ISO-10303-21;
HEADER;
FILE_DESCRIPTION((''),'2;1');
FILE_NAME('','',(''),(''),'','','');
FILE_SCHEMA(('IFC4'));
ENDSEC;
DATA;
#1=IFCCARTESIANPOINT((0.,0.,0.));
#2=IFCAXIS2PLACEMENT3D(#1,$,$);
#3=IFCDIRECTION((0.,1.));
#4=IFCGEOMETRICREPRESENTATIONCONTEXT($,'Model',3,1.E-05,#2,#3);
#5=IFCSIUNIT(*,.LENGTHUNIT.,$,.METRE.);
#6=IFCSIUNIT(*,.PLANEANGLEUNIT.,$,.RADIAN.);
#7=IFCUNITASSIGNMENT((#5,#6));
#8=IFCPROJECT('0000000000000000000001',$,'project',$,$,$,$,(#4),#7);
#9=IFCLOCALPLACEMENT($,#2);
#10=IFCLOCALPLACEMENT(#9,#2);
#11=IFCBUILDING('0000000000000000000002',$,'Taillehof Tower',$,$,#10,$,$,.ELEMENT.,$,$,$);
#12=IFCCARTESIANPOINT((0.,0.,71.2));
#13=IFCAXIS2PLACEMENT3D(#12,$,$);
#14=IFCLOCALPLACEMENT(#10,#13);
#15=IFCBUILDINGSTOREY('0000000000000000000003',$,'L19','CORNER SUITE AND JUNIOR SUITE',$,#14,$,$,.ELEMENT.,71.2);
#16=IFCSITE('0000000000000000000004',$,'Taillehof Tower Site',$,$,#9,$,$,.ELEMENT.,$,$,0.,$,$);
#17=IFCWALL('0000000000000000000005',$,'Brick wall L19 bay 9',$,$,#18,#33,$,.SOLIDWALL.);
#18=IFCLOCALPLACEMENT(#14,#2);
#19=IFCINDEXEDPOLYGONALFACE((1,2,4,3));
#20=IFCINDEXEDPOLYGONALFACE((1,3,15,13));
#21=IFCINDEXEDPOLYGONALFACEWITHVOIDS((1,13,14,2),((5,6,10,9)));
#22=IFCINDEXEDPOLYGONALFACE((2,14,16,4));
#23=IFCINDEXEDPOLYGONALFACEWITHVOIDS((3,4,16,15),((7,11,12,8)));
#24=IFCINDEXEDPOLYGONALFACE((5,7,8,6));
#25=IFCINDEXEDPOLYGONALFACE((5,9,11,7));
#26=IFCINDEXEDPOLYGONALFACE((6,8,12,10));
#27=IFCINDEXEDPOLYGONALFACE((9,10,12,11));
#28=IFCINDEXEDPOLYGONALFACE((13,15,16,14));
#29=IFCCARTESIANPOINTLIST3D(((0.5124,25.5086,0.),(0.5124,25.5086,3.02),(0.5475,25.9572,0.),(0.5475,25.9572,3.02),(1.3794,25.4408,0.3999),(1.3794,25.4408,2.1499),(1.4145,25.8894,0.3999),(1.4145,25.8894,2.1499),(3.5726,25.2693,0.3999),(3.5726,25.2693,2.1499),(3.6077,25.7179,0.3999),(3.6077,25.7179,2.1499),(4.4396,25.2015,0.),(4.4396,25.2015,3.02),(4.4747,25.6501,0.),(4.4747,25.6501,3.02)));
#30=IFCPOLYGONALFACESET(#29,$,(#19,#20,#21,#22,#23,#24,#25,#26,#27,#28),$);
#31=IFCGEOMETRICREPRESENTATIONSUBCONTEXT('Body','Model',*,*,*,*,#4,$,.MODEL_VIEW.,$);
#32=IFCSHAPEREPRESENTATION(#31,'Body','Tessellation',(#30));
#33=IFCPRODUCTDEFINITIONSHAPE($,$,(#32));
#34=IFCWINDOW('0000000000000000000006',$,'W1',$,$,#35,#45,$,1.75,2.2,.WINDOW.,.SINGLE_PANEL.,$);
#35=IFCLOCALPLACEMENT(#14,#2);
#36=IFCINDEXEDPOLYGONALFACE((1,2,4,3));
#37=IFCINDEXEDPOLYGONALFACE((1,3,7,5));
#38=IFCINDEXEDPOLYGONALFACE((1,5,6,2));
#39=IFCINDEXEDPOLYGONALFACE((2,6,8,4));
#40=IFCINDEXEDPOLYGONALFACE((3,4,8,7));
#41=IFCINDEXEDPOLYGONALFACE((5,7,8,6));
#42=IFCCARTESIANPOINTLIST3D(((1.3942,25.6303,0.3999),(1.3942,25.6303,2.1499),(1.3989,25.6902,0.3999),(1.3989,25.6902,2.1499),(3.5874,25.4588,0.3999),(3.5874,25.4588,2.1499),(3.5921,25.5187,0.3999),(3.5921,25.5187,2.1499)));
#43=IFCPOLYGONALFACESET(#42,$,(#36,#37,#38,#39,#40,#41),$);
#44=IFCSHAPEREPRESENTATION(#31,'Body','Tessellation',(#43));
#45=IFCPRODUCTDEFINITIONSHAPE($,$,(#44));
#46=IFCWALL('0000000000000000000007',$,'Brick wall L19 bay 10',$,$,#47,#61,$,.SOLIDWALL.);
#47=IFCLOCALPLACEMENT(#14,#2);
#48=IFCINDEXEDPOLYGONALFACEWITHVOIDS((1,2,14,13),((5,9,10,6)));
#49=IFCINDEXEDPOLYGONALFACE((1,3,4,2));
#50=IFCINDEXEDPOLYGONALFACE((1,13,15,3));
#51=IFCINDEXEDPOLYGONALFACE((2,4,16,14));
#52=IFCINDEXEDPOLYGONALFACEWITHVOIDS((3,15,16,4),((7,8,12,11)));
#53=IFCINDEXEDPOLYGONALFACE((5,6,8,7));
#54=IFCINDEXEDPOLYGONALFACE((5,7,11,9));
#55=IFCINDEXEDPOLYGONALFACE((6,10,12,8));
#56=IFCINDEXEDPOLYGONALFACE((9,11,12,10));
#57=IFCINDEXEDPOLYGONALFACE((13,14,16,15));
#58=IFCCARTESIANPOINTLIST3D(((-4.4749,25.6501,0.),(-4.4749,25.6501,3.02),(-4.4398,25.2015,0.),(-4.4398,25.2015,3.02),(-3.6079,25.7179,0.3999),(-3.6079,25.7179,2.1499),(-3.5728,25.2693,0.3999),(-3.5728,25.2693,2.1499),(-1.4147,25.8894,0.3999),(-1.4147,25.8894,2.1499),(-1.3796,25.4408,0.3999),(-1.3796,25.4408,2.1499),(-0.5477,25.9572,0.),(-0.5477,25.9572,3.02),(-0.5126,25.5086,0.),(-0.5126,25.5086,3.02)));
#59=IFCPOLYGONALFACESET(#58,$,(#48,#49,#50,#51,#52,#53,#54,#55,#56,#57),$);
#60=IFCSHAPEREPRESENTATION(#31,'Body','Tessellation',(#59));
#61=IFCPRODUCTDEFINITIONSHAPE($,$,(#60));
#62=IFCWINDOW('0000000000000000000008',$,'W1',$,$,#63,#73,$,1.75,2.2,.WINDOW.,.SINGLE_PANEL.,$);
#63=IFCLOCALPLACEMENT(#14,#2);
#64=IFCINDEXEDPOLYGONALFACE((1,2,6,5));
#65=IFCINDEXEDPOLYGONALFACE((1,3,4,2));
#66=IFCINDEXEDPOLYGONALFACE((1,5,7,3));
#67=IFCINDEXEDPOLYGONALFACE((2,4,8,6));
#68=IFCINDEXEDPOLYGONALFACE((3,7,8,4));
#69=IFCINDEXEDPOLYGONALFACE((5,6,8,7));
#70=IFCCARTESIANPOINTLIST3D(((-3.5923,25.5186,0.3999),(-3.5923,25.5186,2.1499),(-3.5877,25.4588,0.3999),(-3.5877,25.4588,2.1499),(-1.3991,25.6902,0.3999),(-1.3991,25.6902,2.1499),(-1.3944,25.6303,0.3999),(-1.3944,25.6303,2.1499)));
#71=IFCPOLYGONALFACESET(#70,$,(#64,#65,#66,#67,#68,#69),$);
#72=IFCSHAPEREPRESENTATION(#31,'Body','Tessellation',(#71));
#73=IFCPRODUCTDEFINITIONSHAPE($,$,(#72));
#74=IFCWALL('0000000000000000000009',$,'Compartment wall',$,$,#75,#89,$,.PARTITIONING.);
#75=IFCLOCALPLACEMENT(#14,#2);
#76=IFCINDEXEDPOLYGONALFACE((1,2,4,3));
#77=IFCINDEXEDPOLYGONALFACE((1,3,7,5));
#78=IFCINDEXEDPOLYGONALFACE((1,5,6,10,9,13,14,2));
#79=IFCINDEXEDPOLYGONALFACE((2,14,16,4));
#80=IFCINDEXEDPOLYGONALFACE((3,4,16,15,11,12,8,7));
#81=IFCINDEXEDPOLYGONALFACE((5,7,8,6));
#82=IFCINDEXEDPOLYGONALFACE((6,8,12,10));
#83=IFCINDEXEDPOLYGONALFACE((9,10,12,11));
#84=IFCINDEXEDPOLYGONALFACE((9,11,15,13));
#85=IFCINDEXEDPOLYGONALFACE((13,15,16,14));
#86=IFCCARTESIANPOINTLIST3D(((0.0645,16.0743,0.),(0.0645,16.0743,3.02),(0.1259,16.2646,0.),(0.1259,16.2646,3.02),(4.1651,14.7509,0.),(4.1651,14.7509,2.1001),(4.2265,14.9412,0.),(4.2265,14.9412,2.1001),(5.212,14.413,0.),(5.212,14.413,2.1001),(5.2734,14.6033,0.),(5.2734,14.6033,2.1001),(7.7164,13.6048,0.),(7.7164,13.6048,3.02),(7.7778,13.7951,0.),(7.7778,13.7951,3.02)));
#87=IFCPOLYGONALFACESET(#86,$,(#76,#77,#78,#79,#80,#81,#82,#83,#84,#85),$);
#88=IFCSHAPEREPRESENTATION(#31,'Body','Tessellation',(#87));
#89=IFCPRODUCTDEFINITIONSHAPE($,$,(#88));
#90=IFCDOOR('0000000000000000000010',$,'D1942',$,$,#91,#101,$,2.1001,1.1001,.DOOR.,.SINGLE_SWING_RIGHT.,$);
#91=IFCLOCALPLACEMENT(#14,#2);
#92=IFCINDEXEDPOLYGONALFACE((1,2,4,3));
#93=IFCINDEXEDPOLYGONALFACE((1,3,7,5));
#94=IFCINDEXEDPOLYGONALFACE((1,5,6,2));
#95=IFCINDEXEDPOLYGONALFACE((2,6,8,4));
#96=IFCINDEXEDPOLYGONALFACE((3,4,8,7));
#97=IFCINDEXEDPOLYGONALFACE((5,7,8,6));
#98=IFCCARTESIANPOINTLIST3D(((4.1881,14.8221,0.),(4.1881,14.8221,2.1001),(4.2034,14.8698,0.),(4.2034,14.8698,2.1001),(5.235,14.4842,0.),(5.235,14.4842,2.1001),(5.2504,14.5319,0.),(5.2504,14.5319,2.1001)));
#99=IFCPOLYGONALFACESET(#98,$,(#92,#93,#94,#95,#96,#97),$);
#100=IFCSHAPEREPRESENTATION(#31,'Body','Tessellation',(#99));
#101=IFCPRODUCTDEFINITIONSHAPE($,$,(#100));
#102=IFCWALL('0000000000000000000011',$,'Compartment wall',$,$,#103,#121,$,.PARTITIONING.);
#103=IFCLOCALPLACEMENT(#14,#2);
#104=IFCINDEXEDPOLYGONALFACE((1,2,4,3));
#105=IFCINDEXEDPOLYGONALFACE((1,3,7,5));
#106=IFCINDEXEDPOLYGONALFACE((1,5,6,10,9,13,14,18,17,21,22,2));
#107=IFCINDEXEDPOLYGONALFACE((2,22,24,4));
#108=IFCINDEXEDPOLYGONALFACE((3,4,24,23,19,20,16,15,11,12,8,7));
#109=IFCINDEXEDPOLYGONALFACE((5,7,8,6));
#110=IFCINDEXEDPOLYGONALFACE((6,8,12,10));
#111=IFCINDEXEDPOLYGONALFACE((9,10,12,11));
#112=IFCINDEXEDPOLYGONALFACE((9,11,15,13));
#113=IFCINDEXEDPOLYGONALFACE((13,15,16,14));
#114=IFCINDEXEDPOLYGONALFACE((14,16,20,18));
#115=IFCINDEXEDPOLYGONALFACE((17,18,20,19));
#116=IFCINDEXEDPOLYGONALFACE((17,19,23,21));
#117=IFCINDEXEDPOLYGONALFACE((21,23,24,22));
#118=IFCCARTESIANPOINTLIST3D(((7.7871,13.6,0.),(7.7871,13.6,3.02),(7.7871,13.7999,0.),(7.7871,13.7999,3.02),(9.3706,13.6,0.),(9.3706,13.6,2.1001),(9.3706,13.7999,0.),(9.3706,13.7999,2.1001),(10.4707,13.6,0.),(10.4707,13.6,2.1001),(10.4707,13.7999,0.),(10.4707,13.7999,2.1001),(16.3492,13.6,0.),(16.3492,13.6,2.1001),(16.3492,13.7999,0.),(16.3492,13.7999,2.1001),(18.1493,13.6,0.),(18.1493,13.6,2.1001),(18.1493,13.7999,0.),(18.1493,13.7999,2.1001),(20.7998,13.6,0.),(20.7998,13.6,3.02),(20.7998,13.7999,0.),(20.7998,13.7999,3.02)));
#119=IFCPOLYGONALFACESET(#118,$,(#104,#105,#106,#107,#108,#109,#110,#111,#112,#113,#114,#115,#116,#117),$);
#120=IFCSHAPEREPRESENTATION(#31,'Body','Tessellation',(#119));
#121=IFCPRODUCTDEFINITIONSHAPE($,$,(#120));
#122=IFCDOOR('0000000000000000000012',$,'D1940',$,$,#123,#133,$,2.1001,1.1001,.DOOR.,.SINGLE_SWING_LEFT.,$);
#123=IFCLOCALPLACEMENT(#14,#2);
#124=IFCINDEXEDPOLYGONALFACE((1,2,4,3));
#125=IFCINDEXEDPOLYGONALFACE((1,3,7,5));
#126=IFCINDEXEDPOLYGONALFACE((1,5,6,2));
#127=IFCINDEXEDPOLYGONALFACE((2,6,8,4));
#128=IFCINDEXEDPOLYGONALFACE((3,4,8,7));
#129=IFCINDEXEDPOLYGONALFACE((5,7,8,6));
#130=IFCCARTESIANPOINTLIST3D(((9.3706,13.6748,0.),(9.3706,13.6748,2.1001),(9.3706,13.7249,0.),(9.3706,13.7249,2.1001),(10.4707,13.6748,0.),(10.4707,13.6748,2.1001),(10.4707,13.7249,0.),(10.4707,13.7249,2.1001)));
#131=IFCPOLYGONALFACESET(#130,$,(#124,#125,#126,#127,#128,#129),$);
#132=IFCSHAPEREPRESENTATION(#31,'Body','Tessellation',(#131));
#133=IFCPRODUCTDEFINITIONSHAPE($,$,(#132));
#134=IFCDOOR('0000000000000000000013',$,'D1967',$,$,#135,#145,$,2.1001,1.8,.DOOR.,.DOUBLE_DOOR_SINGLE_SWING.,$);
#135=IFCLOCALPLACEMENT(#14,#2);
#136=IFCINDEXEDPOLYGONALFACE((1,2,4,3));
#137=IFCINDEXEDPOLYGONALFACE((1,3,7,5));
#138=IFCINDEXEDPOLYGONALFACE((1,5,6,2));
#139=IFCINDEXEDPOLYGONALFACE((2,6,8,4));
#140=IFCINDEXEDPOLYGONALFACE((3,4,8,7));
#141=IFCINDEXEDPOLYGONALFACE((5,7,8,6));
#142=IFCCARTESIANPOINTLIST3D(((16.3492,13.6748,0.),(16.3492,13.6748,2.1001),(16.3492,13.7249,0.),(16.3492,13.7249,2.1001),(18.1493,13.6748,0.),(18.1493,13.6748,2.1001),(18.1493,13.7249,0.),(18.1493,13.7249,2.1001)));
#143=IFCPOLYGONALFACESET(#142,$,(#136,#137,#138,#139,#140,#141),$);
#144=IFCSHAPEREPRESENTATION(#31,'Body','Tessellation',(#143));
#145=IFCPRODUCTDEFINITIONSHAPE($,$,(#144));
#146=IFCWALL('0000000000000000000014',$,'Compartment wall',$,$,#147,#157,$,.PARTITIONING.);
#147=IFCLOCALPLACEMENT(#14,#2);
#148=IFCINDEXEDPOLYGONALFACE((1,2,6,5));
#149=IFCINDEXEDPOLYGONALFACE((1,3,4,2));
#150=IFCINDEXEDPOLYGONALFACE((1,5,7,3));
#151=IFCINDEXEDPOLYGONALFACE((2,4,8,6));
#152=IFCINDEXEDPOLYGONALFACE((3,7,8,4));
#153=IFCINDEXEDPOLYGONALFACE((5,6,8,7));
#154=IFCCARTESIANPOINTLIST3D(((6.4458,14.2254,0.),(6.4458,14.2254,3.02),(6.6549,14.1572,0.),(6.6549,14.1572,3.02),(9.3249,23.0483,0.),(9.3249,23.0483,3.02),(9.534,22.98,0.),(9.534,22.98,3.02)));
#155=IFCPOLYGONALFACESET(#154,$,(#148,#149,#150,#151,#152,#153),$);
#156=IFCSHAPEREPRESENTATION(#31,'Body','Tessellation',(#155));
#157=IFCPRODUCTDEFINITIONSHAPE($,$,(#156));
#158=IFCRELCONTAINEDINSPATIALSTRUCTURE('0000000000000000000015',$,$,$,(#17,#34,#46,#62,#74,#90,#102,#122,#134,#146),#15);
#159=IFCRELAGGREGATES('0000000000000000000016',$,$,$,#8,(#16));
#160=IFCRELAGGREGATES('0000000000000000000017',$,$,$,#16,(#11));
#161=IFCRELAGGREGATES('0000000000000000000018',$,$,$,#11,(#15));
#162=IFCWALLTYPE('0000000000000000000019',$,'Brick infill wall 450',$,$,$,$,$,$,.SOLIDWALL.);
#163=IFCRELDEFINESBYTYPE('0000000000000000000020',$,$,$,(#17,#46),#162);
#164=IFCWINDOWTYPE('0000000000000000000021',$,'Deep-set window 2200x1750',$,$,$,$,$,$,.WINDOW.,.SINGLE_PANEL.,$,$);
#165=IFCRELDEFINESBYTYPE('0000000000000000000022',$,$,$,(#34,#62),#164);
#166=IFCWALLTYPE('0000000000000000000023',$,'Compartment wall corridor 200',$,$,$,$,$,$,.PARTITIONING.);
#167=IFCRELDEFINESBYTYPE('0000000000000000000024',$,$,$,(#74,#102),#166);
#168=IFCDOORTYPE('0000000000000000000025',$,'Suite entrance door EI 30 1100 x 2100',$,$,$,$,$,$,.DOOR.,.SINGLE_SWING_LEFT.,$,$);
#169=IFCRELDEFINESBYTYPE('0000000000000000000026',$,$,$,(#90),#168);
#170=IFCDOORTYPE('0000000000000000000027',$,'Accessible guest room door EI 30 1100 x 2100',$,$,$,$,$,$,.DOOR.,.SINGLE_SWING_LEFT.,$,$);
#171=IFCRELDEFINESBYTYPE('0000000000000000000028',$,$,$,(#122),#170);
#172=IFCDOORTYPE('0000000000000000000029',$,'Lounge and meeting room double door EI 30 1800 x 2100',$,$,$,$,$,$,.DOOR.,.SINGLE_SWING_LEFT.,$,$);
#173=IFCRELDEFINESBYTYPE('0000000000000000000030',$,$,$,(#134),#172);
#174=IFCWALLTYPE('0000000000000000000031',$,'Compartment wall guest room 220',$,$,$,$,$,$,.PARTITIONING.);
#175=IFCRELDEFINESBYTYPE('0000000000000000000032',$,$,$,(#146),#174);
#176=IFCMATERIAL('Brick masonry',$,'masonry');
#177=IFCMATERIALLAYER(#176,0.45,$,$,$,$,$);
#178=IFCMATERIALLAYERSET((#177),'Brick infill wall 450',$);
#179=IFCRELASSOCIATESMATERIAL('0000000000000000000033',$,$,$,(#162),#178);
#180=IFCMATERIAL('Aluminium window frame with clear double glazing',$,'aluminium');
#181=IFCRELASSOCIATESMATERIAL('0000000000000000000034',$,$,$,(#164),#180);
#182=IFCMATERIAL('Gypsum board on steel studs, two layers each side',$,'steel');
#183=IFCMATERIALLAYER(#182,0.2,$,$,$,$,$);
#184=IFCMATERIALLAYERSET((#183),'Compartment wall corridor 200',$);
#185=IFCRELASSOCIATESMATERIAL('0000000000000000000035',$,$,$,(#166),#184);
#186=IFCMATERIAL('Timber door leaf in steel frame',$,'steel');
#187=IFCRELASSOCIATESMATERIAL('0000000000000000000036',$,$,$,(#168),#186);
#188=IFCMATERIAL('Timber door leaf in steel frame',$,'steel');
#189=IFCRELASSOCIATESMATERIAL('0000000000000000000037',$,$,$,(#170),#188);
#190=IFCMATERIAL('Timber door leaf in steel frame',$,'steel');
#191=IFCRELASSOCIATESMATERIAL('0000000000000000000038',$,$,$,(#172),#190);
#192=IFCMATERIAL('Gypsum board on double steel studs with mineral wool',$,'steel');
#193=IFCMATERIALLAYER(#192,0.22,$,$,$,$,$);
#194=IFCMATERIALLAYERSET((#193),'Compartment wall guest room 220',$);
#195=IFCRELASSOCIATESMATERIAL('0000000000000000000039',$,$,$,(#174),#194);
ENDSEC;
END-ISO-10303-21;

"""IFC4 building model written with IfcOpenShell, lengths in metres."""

from ifc_helpers import new_model, si_unit, direction, frame, frame_2d, origin, place, context, subcontext, project, spatial, rectangle, extrude, material, layer, layer_set, type_object, element, fill, save


model = new_model("IFC4")

# Units and contexts
model_context = context("Model", 3, precision=1e-05, world=origin(), true_north=direction((0.0, 1.0)))
body_context = subcontext(model_context, "Body", "Model", "MODEL_VIEW")
ifc_project = project(units=[si_unit("LENGTHUNIT", "METRE"), si_unit("PLANEANGLEUNIT", "RADIAN")], contexts=[model_context])

# Site, building, storey
site_placement = place(None, origin())
site = spatial("IfcSite", under=ifc_project, at=site_placement, Name="Taillehof Tower Site", CompositionType="ELEMENT", RefElevation=0.0)
building_placement = place(site_placement, origin())
building = spatial("IfcBuilding", under=site, at=building_placement, Name="Taillehof Tower", CompositionType="ELEMENT")
storey_placement = place(building_placement, frame((0.0, 0.0, 71.2)))
storey = spatial("IfcBuildingStorey", under=building, at=storey_placement, Name="L19", Description="CORNER SUITE AND JUNIOR SUITE", CompositionType="ELEMENT", Elevation=71.2)

# Walls, openings, windows
ifc_material_1 = material(Name="Brick masonry", Category="masonry")
ifc_layer_1 = layer(ifc_material_1, 0.45)
ifc_layer_set_1 = layer_set([ifc_layer_1], Name="Brick infill wall 450")
wall_type_1 = type_object("IfcWallType", Name="Brick infill wall 450", PredefinedType="SOLIDWALL", material=ifc_layer_set_1)
ifc_material_2 = material(Name="Aluminium window frame with clear double glazing", Category="aluminium")
window_type = type_object("IfcWindowType", Name="Deep-set window 2200x1750", PartitioningType="SINGLE_PANEL", PredefinedType="WINDOW", material=ifc_material_2)
wall_1_placement = place(storey_placement, frame((4.4573, 25.4258, 0.0), z_axis=(0.0, 0.0, 1.0), x_axis=(-0.996956, 0.077967, 0.0)))
wall_1 = element("IfcWall", 1, at=wall_1_placement, inside=storey, type_object=wall_type_1, Name="Brick wall L19 bay 9", PredefinedType="SOLIDWALL", context=body_context, shape_type="SweptSolid", body=[
    extrude(rectangle(XDim=3.9392, YDim=0.45, at=frame_2d((1.9697, 0.0))), origin(), (0.0, 0.0, 1.0), 3.02),
])
opening_1_placement = place(wall_1_placement, frame((0.8696, 0.0, 0.3999)))
opening_1 = element("IfcOpeningElement", 2, at=opening_1_placement, cuts=wall_1, PredefinedType="OPENING", context=body_context, shape_type="SweptSolid", body=[
    extrude(rectangle(XDim=2.2, YDim=1.75, at=frame_2d((1.1001, 0.875))), frame((0.0, 0.2349, 0.0), z_axis=(0.0, -1.0, 0.0), x_axis=(1.0, 0.0, 0.0)), (0.0, 0.0, 1.0), 0.47),
])
window_1_placement = place(opening_1_placement, origin())
window_1 = element("IfcWindow", 3, at=window_1_placement, inside=storey, type_object=window_type, Name="W1", OverallHeight=1.75, OverallWidth=2.2, PartitioningType="SINGLE_PANEL", PredefinedType="WINDOW", context=body_context, shape_type="SweptSolid", body=[
    extrude(rectangle(XDim=2.2, YDim=1.75, at=frame_2d((1.1001, 0.875))), frame((0.0, 0.0349, 0.0), z_axis=(0.0, -1.0, 0.0), x_axis=(1.0, 0.0, 0.0)), (0.0, 0.0, 1.0), 0.0601),
])
fill(opening_1, window_1)
wall_2_placement = place(storey_placement, frame((-0.53, 25.7329, 0.0), z_axis=(0.0, 0.0, 1.0), x_axis=(-0.996956, -0.077967, 0.0)))
wall_2 = element("IfcWall", 4, at=wall_2_placement, inside=storey, type_object=wall_type_1, Name="Brick wall L19 bay 10", PredefinedType="SOLIDWALL", context=body_context, shape_type="SweptSolid", body=[
    extrude(rectangle(XDim=3.9392, YDim=0.45, at=frame_2d((1.9697, 0.0))), origin(), (0.0, 0.0, 1.0), 3.02),
])
opening_2_placement = place(wall_2_placement, frame((0.8696, 0.0, 0.3999)))
opening_2 = element("IfcOpeningElement", 5, at=opening_2_placement, cuts=wall_2, PredefinedType="OPENING", context=body_context, shape_type="SweptSolid", body=[
    extrude(rectangle(XDim=2.2, YDim=1.75, at=frame_2d((1.1001, 0.875))), frame((0.0, 0.2349, 0.0), z_axis=(0.0, -1.0, 0.0), x_axis=(1.0, 0.0, 0.0)), (0.0, 0.0, 1.0), 0.47),
])
window_2_placement = place(opening_2_placement, origin())
window_2 = element("IfcWindow", 6, at=window_2_placement, inside=storey, type_object=window_type, Name="W1", OverallHeight=1.75, OverallWidth=2.2, PartitioningType="SINGLE_PANEL", PredefinedType="WINDOW", context=body_context, shape_type="SweptSolid", body=[
    extrude(rectangle(XDim=2.2, YDim=1.75, at=frame_2d((1.1001, 0.875))), frame((0.0, 0.0349, 0.0), z_axis=(0.0, -1.0, 0.0), x_axis=(1.0, 0.0, 0.0)), (0.0, 0.0, 1.0), 0.0601),
])
fill(opening_2, window_2)

# Wall, opening, door
ifc_material_3 = material(Name="Gypsum board on steel studs, two layers each side", Category="steel")
ifc_layer_2 = layer(ifc_material_3, 0.2)
ifc_layer_set_2 = layer_set([ifc_layer_2], Name="Compartment wall corridor 200")
wall_type_2 = type_object("IfcWallType", Name="Compartment wall corridor 200", PredefinedType="PARTITIONING", material=ifc_layer_set_2)
wall_3_placement = place(storey_placement, frame((0.0952, 16.1694, 0.0), z_axis=(0.0, 0.0, 1.0), x_axis=(0.951667, -0.307131, 0.0)))
wall_3 = element("IfcWall", 7, at=wall_3_placement, inside=storey, type_object=wall_type_2, Name="Compartment wall", PredefinedType="PARTITIONING", context=body_context, shape_type="SweptSolid", body=[
    extrude(rectangle(XDim=8.0405, YDim=0.2, at=frame_2d((4.0203, 0.0))), origin(), (0.0, 0.0, 1.0), 3.02),
])
opening_3_placement = place(wall_3_placement, frame((4.3088, 0.0, 0.0)))
opening_3 = element("IfcOpeningElement", 8, at=opening_3_placement, cuts=wall_3, PredefinedType="OPENING", context=body_context, shape_type="SweptSolid", body=[
    extrude(rectangle(XDim=1.1001, YDim=2.1001, at=frame_2d((0.55, 1.05))), frame((0.0, 0.1099, 0.0), z_axis=(0.0, -1.0, 0.0), x_axis=(1.0, 0.0, 0.0)), (0.0, 0.0, 1.0), 0.22),
])
ifc_material_4 = material(Name="Timber door leaf in steel frame", Category="steel")
door_type_1 = type_object("IfcDoorType", Name="Suite entrance door EI 30 1100 x 2100", OperationType="SINGLE_SWING_LEFT", PredefinedType="DOOR", material=ifc_material_4)
door_1_placement = place(opening_3_placement, origin())
door_1 = element("IfcDoor", 9, at=door_1_placement, inside=storey, type_object=door_type_1, Name="D1942", OperationType="SINGLE_SWING_RIGHT", OverallHeight=2.1001, OverallWidth=1.1001, PredefinedType="DOOR", context=body_context, shape_type="SweptSolid", body=[
    extrude(rectangle(XDim=1.1001, YDim=2.1001, at=frame_2d((0.55, 1.05))), frame((0.0, 0.0249, 0.0), z_axis=(0.0, -1.0, 0.0), x_axis=(1.0, 0.0, 0.0)), (0.0, 0.0, 1.0), 0.05),
])
fill(opening_3, door_1)

# Wall, openings, doors
wall_4_placement = place(storey_placement, frame((7.7871, 13.7, 0.0), z_axis=(0.0, 0.0, 1.0), x_axis=(1.0, 0.0, 0.0)))
wall_4 = element("IfcWall", 10, at=wall_4_placement, inside=storey, type_object=wall_type_2, Name="Compartment wall", PredefinedType="PARTITIONING", context=body_context, shape_type="SweptSolid", body=[
    extrude(rectangle(XDim=13.0127, YDim=0.2, at=frame_2d((6.5063, 0.0))), origin(), (0.0, 0.0, 1.0), 3.02),
])
opening_4_placement = place(wall_4_placement, frame((1.5835, 0.0, 0.0)))
opening_4 = element("IfcOpeningElement", 11, at=opening_4_placement, cuts=wall_4, PredefinedType="OPENING", context=body_context, shape_type="SweptSolid", body=[
    extrude(rectangle(XDim=1.1001, YDim=2.1001, at=frame_2d((0.55, 1.05))), frame((0.0, 0.1099, 0.0), z_axis=(0.0, -1.0, 0.0), x_axis=(1.0, 0.0, 0.0)), (0.0, 0.0, 1.0), 0.22),
])
opening_5_placement = place(wall_4_placement, frame((8.5623, 0.0, 0.0)))
opening_5 = element("IfcOpeningElement", 12, at=opening_5_placement, cuts=wall_4, PredefinedType="OPENING", context=body_context, shape_type="SweptSolid", body=[
    extrude(rectangle(XDim=1.8, YDim=2.1001, at=frame_2d((0.8999, 1.05))), frame((0.0, 0.1099, 0.0), z_axis=(0.0, -1.0, 0.0), x_axis=(1.0, 0.0, 0.0)), (0.0, 0.0, 1.0), 0.22),
])
ifc_material_5 = material(Name="Timber door leaf in steel frame", Category="steel")
door_type_2 = type_object("IfcDoorType", Name="Accessible guest room door EI 30 1100 x 2100", OperationType="SINGLE_SWING_LEFT", PredefinedType="DOOR", material=ifc_material_5)
door_2_placement = place(opening_4_placement, origin())
door_2 = element("IfcDoor", 13, at=door_2_placement, inside=storey, type_object=door_type_2, Name="D1940", OperationType="SINGLE_SWING_LEFT", OverallHeight=2.1001, OverallWidth=1.1001, PredefinedType="DOOR", context=body_context, shape_type="SweptSolid", body=[
    extrude(rectangle(XDim=1.1001, YDim=2.1001, at=frame_2d((0.55, 1.05))), frame((0.0, 0.0249, 0.0), z_axis=(0.0, -1.0, 0.0), x_axis=(1.0, 0.0, 0.0)), (0.0, 0.0, 1.0), 0.05),
])
fill(opening_4, door_2)
ifc_material_6 = material(Name="Timber door leaf in steel frame", Category="steel")
door_type_3 = type_object("IfcDoorType", Name="Lounge and meeting room double door EI 30 1800 x 2100", OperationType="SINGLE_SWING_LEFT", PredefinedType="DOOR", material=ifc_material_6)
door_3_placement = place(opening_5_placement, origin())
door_3 = element("IfcDoor", 14, at=door_3_placement, inside=storey, type_object=door_type_3, Name="D1967", OperationType="DOUBLE_DOOR_SINGLE_SWING", OverallHeight=2.1001, OverallWidth=1.8, PredefinedType="DOOR", context=body_context, shape_type="SweptSolid", body=[
    extrude(rectangle(XDim=1.8, YDim=2.1001, at=frame_2d((0.8999, 1.05))), frame((0.0, 0.0249, 0.0), z_axis=(0.0, -1.0, 0.0), x_axis=(1.0, 0.0, 0.0)), (0.0, 0.0, 1.0), 0.05),
])
fill(opening_5, door_3)

# Wall
ifc_material_7 = material(Name="Gypsum board on double steel studs with mineral wool", Category="steel")
ifc_layer_3 = layer(ifc_material_7, 0.22)
ifc_layer_set_3 = layer_set([ifc_layer_3], Name="Compartment wall guest room 220")
wall_type_3 = type_object("IfcWallType", Name="Compartment wall guest room 220", PredefinedType="PARTITIONING", material=ifc_layer_set_3)
wall_5_placement = place(storey_placement, frame((9.4294, 23.0142, 0.0), z_axis=(0.0, 0.0, 1.0), x_axis=(-0.310224, -0.950664, 0.0)))
element("IfcWall", 15, at=wall_5_placement, inside=storey, type_object=wall_type_3, Name="Compartment wall", PredefinedType="PARTITIONING", context=body_context, shape_type="SweptSolid", body=[
    extrude(rectangle(XDim=9.2808, YDim=0.22, at=frame_2d((4.6404, 0.0))), origin(), (0.0, 0.0, 1.0), 3.02),
])

save(model, "model.ifc")
